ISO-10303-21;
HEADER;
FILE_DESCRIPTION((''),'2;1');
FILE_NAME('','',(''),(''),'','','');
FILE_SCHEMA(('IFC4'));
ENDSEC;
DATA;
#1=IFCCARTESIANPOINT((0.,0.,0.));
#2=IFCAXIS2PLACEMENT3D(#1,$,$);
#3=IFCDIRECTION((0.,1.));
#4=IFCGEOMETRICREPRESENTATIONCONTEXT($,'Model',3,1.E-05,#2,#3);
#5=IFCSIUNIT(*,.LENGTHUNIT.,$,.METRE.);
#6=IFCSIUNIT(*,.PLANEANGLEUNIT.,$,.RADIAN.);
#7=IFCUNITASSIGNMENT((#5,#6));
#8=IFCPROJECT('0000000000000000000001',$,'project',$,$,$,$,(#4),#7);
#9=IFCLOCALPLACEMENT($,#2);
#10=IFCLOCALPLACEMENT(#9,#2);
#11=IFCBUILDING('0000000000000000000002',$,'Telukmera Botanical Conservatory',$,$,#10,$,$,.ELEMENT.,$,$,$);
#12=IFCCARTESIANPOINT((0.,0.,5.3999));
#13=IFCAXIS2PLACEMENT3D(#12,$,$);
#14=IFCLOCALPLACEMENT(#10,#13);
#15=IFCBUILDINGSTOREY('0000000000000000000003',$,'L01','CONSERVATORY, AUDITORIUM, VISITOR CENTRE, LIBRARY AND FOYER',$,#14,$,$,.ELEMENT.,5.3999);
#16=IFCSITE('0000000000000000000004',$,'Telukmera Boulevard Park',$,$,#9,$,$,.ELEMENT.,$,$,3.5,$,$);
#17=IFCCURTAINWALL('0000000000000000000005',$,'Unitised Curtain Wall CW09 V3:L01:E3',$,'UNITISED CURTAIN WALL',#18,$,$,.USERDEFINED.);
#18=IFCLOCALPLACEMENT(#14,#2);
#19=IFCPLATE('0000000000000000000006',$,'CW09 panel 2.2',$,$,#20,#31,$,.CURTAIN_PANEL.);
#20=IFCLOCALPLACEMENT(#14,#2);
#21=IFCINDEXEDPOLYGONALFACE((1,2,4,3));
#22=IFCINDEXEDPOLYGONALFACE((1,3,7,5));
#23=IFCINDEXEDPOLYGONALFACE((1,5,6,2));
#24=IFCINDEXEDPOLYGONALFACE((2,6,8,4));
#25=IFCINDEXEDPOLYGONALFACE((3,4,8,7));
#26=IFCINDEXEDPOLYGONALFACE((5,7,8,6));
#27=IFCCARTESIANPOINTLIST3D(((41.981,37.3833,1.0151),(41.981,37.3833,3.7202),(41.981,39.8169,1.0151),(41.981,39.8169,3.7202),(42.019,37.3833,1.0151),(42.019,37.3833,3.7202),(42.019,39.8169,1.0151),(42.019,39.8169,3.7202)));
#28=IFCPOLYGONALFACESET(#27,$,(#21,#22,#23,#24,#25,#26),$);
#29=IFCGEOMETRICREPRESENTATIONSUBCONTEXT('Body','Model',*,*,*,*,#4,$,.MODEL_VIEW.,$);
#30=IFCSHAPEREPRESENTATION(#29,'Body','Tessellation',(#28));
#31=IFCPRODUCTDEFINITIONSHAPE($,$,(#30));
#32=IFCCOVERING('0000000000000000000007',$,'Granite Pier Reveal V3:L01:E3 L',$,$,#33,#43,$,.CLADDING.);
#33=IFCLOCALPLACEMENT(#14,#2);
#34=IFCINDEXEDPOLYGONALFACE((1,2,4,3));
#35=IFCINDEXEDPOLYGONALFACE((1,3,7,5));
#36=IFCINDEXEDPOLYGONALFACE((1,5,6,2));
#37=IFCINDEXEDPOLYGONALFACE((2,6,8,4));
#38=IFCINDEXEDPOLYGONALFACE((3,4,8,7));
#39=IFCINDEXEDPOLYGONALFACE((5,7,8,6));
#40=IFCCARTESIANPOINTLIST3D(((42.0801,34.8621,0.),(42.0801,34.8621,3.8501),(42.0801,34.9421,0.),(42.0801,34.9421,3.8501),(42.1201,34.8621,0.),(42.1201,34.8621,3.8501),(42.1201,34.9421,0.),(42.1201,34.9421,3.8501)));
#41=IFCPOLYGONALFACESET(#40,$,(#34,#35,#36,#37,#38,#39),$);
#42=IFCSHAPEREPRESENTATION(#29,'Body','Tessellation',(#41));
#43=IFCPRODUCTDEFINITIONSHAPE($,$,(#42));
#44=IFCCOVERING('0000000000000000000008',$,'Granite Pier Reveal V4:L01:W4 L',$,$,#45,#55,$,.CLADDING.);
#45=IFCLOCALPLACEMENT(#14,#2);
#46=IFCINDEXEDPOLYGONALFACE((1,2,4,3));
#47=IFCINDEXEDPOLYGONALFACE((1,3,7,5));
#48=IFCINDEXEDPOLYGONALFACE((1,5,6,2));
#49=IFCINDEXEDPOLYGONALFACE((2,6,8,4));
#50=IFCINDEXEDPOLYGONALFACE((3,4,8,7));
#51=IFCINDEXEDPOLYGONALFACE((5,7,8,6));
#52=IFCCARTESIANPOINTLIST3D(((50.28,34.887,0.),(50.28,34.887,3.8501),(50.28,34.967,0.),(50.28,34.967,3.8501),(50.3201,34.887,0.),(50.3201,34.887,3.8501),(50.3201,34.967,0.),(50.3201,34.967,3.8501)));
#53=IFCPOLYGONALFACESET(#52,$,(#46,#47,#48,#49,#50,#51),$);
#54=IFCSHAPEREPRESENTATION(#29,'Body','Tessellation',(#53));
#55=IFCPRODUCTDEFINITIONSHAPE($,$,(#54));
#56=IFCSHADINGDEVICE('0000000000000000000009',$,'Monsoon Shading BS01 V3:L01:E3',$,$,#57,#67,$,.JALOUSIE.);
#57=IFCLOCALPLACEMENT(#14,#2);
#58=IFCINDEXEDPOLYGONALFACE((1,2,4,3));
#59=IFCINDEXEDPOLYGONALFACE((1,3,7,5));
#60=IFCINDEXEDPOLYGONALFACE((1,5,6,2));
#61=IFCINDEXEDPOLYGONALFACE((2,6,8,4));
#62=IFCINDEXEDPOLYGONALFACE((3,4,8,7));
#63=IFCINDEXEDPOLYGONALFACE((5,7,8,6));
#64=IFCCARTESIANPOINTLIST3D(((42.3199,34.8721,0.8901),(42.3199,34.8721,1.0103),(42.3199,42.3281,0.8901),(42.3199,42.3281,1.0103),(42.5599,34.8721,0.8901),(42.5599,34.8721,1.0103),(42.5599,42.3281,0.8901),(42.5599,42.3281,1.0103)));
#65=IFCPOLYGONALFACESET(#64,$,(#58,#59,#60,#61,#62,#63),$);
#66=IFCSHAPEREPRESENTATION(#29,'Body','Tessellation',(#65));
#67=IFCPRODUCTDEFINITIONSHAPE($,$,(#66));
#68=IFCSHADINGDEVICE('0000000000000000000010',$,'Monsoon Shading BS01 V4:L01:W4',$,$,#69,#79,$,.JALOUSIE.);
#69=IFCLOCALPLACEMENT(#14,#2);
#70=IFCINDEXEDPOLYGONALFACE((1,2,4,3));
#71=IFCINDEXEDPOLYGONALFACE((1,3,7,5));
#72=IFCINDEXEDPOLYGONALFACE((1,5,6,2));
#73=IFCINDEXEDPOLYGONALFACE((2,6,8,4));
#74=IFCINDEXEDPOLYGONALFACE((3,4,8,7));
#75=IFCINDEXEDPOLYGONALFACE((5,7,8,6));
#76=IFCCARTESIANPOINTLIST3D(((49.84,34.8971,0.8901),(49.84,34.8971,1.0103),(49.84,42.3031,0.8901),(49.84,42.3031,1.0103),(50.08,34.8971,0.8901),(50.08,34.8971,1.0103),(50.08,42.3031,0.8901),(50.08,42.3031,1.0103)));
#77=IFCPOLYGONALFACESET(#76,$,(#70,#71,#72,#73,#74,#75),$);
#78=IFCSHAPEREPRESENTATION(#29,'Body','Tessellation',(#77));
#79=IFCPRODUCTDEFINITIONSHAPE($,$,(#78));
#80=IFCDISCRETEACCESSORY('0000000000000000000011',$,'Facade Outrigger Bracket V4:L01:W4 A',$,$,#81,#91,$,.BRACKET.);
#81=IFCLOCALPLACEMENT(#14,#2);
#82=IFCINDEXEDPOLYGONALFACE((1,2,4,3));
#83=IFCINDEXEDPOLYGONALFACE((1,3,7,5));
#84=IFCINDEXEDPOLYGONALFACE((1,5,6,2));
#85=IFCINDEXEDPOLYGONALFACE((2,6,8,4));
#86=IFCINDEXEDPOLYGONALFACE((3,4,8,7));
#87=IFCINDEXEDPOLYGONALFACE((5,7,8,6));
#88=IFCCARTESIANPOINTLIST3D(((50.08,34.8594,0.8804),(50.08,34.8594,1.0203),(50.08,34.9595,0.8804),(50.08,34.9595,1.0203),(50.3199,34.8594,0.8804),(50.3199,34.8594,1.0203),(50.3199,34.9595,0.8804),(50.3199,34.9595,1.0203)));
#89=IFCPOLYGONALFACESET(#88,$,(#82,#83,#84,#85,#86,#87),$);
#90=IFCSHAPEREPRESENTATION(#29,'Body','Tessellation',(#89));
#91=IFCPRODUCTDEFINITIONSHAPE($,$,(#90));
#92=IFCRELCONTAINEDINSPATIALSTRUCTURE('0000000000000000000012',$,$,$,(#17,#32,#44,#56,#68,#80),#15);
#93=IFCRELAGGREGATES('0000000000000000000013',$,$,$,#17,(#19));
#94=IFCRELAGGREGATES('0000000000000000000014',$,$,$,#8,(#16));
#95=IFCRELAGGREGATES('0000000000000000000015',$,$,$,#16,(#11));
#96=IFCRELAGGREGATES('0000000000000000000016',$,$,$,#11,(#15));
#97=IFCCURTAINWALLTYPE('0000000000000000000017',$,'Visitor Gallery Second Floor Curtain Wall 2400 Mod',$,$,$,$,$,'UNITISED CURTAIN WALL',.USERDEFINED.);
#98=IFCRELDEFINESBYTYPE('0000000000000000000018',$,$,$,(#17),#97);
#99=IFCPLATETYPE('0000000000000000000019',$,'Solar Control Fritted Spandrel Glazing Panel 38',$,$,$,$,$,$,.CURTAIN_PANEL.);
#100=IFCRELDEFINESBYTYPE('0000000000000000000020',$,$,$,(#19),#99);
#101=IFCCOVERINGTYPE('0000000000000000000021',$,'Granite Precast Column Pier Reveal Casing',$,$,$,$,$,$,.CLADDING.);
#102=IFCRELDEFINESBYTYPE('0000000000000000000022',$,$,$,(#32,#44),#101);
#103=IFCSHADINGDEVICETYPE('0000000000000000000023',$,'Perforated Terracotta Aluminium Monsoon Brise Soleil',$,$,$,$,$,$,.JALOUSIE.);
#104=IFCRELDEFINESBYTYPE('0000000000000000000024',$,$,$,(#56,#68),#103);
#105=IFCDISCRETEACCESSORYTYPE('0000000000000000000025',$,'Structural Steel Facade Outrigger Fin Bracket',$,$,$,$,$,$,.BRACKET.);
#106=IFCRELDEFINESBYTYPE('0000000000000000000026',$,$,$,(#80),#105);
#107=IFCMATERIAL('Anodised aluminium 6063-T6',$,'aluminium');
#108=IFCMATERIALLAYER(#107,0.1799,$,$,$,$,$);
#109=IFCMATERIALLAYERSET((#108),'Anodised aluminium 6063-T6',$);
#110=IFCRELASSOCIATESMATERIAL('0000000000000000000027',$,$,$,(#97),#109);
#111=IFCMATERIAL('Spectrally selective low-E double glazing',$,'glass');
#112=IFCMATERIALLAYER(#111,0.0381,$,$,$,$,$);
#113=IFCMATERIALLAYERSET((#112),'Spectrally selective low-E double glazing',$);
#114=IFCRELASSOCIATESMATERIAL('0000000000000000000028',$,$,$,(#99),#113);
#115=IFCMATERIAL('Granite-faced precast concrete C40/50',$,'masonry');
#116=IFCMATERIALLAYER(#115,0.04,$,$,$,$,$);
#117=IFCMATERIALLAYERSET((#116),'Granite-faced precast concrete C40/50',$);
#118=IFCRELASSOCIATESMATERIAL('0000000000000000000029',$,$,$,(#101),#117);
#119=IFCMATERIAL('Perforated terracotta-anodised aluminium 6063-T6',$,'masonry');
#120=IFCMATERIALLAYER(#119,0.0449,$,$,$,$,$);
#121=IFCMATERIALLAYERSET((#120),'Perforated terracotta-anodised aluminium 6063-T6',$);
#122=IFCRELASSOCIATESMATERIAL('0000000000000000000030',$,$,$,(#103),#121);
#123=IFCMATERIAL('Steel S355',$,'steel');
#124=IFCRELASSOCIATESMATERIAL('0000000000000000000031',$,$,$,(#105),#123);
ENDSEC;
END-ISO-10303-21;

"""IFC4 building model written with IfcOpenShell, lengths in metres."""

from ifc_helpers import new_model, si_unit, direction, frame, origin, origin_2d, place, context, subcontext, project, spatial, rectangle, extrude, material, layer, layer_set, type_object, element, aggregate, save


model = new_model("IFC4")

# Units and contexts
model_context = context("Model", 3, precision=1e-05, world=origin(), true_north=direction((0.0, 1.0)))
body_context = subcontext(model_context, "Body", "Model", "MODEL_VIEW")
ifc_project = project(units=[si_unit("LENGTHUNIT", "METRE"), si_unit("PLANEANGLEUNIT", "RADIAN")], contexts=[model_context])

# Site, building, storey
site_placement = place(None, origin())
site = spatial("IfcSite", under=ifc_project, at=site_placement, Name="Telukmera Boulevard Park", CompositionType="ELEMENT", RefElevation=3.5)
building_placement = place(site_placement, origin())
building = spatial("IfcBuilding", under=site, at=building_placement, Name="Telukmera Botanical Conservatory", CompositionType="ELEMENT")
storey_placement = place(building_placement, frame((0.0, 0.0, 5.3999)))
storey = spatial("IfcBuildingStorey", under=building, at=storey_placement, Name="L01", Description="CONSERVATORY, AUDITORIUM, VISITOR CENTRE, LIBRARY AND FOYER", CompositionType="ELEMENT", Elevation=5.3999)

# Curtain wall, plate
ifc_material_1 = material(Name="Anodised aluminium 6063-T6", Category="aluminium")
ifc_layer_1 = layer(ifc_material_1, 0.1799)
ifc_layer_set_1 = layer_set([ifc_layer_1], Name="Anodised aluminium 6063-T6")
curtain_wall_type = type_object("IfcCurtainWallType", Name="Visitor Gallery Second Floor Curtain Wall 2400 Mod", ElementType="UNITISED CURTAIN WALL", PredefinedType="USERDEFINED", material=ifc_layer_set_1)
curtain_wall_placement = place(storey_placement, origin())
curtain_wall = element("IfcCurtainWall", 1, at=curtain_wall_placement, inside=storey, type_object=curtain_wall_type, Name="Unitised Curtain Wall CW09 V3:L01:E3", ObjectType="UNITISED CURTAIN WALL", PredefinedType="USERDEFINED")
ifc_material_2 = material(Name="Spectrally selective low-E double glazing", Category="glass")
ifc_layer_2 = layer(ifc_material_2, 0.0381)
ifc_layer_set_2 = layer_set([ifc_layer_2], Name="Spectrally selective low-E double glazing")
plate_type = type_object("IfcPlateType", Name="Solar Control Fritted Spandrel Glazing Panel 38", PredefinedType="CURTAIN_PANEL", material=ifc_layer_set_2)
plate_1_placement = place(storey_placement, frame((42.0, 38.6001, 1.0151), z_axis=(0.0, 0.0, 1.0), x_axis=(0.0, 1.0, 0.0)))
plate_1 = element("IfcPlate", 2, at=plate_1_placement, type_object=plate_type, Name="CW09 panel 2.2", PredefinedType="CURTAIN_PANEL", context=body_context, shape_type="SweptSolid", body=[
    extrude(rectangle(XDim=2.4336, YDim=0.0381, at=origin_2d()), origin(), (0.0, 0.0, 1.0), 2.7051),
])
aggregate(curtain_wall, [plate_1])

# Coverings
ifc_material_3 = material(Name="Granite-faced precast concrete C40/50", Category="masonry")
ifc_layer_3 = layer(ifc_material_3, 0.04)
ifc_layer_set_3 = layer_set([ifc_layer_3], Name="Granite-faced precast concrete C40/50")
covering_type = type_object("IfcCoveringType", Name="Granite Precast Column Pier Reveal Casing", PredefinedType="CLADDING", material=ifc_layer_set_3)
for number, where, z_axis, x_axis, name in (
    (3, (42.1001, 34.9021, 0.0), (0.0, 0.0, 1.0), (0.0, 1.0, 0.0), "Granite Pier Reveal V3:L01:E3 L"),
    (4, (50.3, 34.927, 0.0), (0.0, 0.0, 1.0), (0.0, 1.0, 0.0), "Granite Pier Reveal V4:L01:W4 L"),
):
    element("IfcCovering", number, at=place(storey_placement, frame(where, z_axis=z_axis, x_axis=x_axis)), inside=storey, type_object=covering_type, Name=name, PredefinedType="CLADDING", context=body_context, shape_type="SweptSolid", body=[
        extrude(rectangle(XDim=0.0801, YDim=0.04, at=origin_2d()), origin(), (0.0, 0.0, 1.0), 3.8501),
    ])

# Shading devices
ifc_material_4 = material(Name="Perforated terracotta-anodised aluminium 6063-T6", Category="masonry")
ifc_layer_4 = layer(ifc_material_4, 0.0449)
ifc_layer_set_4 = layer_set([ifc_layer_4], Name="Perforated terracotta-anodised aluminium 6063-T6")
shading_device_type = type_object("IfcShadingDeviceType", Name="Perforated Terracotta Aluminium Monsoon Brise Soleil", PredefinedType="JALOUSIE", material=ifc_layer_set_4)
shading_device_1_placement = place(storey_placement, frame((42.4399, 38.6001, 0.8901), z_axis=(0.0, 0.0, 1.0), x_axis=(0.0, 1.0, 0.0)))
element("IfcShadingDevice", 5, at=shading_device_1_placement, inside=storey, type_object=shading_device_type, Name="Monsoon Shading BS01 V3:L01:E3", PredefinedType="JALOUSIE", context=body_context, shape_type="SweptSolid", body=[
    extrude(rectangle(XDim=7.4561, YDim=0.24, at=origin_2d()), origin(), (0.0, 0.0, 1.0), 0.1201),
])
shading_device_2_placement = place(storey_placement, frame((49.96, 38.6001, 0.8901), z_axis=(0.0, 0.0, 1.0), x_axis=(0.0, 1.0, 0.0)))
element("IfcShadingDevice", 6, at=shading_device_2_placement, inside=storey, type_object=shading_device_type, Name="Monsoon Shading BS01 V4:L01:W4", PredefinedType="JALOUSIE", context=body_context, shape_type="SweptSolid", body=[
    extrude(rectangle(XDim=7.406, YDim=0.24, at=origin_2d()), origin(), (0.0, 0.0, 1.0), 0.1201),
])

# Discrete accessory
ifc_material_5 = material(Name="Steel S355", Category="steel")
discrete_accessory_type = type_object("IfcDiscreteAccessoryType", Name="Structural Steel Facade Outrigger Fin Bracket", PredefinedType="BRACKET", material=ifc_material_5)
discrete_accessory_placement = place(storey_placement, frame((50.2, 34.9094, 0.8804), z_axis=(0.0, 0.0, 1.0), x_axis=(0.0, 1.0, 0.0)))
element("IfcDiscreteAccessory", 7, at=discrete_accessory_placement, inside=storey, type_object=discrete_accessory_type, Name="Facade Outrigger Bracket V4:L01:W4 A", PredefinedType="BRACKET", context=body_context, shape_type="SweptSolid", body=[
    extrude(rectangle(XDim=0.1001, YDim=0.24, at=origin_2d()), origin(), (0.0, 0.0, 1.0), 0.1399),
])

save(model, "model.ifc")
